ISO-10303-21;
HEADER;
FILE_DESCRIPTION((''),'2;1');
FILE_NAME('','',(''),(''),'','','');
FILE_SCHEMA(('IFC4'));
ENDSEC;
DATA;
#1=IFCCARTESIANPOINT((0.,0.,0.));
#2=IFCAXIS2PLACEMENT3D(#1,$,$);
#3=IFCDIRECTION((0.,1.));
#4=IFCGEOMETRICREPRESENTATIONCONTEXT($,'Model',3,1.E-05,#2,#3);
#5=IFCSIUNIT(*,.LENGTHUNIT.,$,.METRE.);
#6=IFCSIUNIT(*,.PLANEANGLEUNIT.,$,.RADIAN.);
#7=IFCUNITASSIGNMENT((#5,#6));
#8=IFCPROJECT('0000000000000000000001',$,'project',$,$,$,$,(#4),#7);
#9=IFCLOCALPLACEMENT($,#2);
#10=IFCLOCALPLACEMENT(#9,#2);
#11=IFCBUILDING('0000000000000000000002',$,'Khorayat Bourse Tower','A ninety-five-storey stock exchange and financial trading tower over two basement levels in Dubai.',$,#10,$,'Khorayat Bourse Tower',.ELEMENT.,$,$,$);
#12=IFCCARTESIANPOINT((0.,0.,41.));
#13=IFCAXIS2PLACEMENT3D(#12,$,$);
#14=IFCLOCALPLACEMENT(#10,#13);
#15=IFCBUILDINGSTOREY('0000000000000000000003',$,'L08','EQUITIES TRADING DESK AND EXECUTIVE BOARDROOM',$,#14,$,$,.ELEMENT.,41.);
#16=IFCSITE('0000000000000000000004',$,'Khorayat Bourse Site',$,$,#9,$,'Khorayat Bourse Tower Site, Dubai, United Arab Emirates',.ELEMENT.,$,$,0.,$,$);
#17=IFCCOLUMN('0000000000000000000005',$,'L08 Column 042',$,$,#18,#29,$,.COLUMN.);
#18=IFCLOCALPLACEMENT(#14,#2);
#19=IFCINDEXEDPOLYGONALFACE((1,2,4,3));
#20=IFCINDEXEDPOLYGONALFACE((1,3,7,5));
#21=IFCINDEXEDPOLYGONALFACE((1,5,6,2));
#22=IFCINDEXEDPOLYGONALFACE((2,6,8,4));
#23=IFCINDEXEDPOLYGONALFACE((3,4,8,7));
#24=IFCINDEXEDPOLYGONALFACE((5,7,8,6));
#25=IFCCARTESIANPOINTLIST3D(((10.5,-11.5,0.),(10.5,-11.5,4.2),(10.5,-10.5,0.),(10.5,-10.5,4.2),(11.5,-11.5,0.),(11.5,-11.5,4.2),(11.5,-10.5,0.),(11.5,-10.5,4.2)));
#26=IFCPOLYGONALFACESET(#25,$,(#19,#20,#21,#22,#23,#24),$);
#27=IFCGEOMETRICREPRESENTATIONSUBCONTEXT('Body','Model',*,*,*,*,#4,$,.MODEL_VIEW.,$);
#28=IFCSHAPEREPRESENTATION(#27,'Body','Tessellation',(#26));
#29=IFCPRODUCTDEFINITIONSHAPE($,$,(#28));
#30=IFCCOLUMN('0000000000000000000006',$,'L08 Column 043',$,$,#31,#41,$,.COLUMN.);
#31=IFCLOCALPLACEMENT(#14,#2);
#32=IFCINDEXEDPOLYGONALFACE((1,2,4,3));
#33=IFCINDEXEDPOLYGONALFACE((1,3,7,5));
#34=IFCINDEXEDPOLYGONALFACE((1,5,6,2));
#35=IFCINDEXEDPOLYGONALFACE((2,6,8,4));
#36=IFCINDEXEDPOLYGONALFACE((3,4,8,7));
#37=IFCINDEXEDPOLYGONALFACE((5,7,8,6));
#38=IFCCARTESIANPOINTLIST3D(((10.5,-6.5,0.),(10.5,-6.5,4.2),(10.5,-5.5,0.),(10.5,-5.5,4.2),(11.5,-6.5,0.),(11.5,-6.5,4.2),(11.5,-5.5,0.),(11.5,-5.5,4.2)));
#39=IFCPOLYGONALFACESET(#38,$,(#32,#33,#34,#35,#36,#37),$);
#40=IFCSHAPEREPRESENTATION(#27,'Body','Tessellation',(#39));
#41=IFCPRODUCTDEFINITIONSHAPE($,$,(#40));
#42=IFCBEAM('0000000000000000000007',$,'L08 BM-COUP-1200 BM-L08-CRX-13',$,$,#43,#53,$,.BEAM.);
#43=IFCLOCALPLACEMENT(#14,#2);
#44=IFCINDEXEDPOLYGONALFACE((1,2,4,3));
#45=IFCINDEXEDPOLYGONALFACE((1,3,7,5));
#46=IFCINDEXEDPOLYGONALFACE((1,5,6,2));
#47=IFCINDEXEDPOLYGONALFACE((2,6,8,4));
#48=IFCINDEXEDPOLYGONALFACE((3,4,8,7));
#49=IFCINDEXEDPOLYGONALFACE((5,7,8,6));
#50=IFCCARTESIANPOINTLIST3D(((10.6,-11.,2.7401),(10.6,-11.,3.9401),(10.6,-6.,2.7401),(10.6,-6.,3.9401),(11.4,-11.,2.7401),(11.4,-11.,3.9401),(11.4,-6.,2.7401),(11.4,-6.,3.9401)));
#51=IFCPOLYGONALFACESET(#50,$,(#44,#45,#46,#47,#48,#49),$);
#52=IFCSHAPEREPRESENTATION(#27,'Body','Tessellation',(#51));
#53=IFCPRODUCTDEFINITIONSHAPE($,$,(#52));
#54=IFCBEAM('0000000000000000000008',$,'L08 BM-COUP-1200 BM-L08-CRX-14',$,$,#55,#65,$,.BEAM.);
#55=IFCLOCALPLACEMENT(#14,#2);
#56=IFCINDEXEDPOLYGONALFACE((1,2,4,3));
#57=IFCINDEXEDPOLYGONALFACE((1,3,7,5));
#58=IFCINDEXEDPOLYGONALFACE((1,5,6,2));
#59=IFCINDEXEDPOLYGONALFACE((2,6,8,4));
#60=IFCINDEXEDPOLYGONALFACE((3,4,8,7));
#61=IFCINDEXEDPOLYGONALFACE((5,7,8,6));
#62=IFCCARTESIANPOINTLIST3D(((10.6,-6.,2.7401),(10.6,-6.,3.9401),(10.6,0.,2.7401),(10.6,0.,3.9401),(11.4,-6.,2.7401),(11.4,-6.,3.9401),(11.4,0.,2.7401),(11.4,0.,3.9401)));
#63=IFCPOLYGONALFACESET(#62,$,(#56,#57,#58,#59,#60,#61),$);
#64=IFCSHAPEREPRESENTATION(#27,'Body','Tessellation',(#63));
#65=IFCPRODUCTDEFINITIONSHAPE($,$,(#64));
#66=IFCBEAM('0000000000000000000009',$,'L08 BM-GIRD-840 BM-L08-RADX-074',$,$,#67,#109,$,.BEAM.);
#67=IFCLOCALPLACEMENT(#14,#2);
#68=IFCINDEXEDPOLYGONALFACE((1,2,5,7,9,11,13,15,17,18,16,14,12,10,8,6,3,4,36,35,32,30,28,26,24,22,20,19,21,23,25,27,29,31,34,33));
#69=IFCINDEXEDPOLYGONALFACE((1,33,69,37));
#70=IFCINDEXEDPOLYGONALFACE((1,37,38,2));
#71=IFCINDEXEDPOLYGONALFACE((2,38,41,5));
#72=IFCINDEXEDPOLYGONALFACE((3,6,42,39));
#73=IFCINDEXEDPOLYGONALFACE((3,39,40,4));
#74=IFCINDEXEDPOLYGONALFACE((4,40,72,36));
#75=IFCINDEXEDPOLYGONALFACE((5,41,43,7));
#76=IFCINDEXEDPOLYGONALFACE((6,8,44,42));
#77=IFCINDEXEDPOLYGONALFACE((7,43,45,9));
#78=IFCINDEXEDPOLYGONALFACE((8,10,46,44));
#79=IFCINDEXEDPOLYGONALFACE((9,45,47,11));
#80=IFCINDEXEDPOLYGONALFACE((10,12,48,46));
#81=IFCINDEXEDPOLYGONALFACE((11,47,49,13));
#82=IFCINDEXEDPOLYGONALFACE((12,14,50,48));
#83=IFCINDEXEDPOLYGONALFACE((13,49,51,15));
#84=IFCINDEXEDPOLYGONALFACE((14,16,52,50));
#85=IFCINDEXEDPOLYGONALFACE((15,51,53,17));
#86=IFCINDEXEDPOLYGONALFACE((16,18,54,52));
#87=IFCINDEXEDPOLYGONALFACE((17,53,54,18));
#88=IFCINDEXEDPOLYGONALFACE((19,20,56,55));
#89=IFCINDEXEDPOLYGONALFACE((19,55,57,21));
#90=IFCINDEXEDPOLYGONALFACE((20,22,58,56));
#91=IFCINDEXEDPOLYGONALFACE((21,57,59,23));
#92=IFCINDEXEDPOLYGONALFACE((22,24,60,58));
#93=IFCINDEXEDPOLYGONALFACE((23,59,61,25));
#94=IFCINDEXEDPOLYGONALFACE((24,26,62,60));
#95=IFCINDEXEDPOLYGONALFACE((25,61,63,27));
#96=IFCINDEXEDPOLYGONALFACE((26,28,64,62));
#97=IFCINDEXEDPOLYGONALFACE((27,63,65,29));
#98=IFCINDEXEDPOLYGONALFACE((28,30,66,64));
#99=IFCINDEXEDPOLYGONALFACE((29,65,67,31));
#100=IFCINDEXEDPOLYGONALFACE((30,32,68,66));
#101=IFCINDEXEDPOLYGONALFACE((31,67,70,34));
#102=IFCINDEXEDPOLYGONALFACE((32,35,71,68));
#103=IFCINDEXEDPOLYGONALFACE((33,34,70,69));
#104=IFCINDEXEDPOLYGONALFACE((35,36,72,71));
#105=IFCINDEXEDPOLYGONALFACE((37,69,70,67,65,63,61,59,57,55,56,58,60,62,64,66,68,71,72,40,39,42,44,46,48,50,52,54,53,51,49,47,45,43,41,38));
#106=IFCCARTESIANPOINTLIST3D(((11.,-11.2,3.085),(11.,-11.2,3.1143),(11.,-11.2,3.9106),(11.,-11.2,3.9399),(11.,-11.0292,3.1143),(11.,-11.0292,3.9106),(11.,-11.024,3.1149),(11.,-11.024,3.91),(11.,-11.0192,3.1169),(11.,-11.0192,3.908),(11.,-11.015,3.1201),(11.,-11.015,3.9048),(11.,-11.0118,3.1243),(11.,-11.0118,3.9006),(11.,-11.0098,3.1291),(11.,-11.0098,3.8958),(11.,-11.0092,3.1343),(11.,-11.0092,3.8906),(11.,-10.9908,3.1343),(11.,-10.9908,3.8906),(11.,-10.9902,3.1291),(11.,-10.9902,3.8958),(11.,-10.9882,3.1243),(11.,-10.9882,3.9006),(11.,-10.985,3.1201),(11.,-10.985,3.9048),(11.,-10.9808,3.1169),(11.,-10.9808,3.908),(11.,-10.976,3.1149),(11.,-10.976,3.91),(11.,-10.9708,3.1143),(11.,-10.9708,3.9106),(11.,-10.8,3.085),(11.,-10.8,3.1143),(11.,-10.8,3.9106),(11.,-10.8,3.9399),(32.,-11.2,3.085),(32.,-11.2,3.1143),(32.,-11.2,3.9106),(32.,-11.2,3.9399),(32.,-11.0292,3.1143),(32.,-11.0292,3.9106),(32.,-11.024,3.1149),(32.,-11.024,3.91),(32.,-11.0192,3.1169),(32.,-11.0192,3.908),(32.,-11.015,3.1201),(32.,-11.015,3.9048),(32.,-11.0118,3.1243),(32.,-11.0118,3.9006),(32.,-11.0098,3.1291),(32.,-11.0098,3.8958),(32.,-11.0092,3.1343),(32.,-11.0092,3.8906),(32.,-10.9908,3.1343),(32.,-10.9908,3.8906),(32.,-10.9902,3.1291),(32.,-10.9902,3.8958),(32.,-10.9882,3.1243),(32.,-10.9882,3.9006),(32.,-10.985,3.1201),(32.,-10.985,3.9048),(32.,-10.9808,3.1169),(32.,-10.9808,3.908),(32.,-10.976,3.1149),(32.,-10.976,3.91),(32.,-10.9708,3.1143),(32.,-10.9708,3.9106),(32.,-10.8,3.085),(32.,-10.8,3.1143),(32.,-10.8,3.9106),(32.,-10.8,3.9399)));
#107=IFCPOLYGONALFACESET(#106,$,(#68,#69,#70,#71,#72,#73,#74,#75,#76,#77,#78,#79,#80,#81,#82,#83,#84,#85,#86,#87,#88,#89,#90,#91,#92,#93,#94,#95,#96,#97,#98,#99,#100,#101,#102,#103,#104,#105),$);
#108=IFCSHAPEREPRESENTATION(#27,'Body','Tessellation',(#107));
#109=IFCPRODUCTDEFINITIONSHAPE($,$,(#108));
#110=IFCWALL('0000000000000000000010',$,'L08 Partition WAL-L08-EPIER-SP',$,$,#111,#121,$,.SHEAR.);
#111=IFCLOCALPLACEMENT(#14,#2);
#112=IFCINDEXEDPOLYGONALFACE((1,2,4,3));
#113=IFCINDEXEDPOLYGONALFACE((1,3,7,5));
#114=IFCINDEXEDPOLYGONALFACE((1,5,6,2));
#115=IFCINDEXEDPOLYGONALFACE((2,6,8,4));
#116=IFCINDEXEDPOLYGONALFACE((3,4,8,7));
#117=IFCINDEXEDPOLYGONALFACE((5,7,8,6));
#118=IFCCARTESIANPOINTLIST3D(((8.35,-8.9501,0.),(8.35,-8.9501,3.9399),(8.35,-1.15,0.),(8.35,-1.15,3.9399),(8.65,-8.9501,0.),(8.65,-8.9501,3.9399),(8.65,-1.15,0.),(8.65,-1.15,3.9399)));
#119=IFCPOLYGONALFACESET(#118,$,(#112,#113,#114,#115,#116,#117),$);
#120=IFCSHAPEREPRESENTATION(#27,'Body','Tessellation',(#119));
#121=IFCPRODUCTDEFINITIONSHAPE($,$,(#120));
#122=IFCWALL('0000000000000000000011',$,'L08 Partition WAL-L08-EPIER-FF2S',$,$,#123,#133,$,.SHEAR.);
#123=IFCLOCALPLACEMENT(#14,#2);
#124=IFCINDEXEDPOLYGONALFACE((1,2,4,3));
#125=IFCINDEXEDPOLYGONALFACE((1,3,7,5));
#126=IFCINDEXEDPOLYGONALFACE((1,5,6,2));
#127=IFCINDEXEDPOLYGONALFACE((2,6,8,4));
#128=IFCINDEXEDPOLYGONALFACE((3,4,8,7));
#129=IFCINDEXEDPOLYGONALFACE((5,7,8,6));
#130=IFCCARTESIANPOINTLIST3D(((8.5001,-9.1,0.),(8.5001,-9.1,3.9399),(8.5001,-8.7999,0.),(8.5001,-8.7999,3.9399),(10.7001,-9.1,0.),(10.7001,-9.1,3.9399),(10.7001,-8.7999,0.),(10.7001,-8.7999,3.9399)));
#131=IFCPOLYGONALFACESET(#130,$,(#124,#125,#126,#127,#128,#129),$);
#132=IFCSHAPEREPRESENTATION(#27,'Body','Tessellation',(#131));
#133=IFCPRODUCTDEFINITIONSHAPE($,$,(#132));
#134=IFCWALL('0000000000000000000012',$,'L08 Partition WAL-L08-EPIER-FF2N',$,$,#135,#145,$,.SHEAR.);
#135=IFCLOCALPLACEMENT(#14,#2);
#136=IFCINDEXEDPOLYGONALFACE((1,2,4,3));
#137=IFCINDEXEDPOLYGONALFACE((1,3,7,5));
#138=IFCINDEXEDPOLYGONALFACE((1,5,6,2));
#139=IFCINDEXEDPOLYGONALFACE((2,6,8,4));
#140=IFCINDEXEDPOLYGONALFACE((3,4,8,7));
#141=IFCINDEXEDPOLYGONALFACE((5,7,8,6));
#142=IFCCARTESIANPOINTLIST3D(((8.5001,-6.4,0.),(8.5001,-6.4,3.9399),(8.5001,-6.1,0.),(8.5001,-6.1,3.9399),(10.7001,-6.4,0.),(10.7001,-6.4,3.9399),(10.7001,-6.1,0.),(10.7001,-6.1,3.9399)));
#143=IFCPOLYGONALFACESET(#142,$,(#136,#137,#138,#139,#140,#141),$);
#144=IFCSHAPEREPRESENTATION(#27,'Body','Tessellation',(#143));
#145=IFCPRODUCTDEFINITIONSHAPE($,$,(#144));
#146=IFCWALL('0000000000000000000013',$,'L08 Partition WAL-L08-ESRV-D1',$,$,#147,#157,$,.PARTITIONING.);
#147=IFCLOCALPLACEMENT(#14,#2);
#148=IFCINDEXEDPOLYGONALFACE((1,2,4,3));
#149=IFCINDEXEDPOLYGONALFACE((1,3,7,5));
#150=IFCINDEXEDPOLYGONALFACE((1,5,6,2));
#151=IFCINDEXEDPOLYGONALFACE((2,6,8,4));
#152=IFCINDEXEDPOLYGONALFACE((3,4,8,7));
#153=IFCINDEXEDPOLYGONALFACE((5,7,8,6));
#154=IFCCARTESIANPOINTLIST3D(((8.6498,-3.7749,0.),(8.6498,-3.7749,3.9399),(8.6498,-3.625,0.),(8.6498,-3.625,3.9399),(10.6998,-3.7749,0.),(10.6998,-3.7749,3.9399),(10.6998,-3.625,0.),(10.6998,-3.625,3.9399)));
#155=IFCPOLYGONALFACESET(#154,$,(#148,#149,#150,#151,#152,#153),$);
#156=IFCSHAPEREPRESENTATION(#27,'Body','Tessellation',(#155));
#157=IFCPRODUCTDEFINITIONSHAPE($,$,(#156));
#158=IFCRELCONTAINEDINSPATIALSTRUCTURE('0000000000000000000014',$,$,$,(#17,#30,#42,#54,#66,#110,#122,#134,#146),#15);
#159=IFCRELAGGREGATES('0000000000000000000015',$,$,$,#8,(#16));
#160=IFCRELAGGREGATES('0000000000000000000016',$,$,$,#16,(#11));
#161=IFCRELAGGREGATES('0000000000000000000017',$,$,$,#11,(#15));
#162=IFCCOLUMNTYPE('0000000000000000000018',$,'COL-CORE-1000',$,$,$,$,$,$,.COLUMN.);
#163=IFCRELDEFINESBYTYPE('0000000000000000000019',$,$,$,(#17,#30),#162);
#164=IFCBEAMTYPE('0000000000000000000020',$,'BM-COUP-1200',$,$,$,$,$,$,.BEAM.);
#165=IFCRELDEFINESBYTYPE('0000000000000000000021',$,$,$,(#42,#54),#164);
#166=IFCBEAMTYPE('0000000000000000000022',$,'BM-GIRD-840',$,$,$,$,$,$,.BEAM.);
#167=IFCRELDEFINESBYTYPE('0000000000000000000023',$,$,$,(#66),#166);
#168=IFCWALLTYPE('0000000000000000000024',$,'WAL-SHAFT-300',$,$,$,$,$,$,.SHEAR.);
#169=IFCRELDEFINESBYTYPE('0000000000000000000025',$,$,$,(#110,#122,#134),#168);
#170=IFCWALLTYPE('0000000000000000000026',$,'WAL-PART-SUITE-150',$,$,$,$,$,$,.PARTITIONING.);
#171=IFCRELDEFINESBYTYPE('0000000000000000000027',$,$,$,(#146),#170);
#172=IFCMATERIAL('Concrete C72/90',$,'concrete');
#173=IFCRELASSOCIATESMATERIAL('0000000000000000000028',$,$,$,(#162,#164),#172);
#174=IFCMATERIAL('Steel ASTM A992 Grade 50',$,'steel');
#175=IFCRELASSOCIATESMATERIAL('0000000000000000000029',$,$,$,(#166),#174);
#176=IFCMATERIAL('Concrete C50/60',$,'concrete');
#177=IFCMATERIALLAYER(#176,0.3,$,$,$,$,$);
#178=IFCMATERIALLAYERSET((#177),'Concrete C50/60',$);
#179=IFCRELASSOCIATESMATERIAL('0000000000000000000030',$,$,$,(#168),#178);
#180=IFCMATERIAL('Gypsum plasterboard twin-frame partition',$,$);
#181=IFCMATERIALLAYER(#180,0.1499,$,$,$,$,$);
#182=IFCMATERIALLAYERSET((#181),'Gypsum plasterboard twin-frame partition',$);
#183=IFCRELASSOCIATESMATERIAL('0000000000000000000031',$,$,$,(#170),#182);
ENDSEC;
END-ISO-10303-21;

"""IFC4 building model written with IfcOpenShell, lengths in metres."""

from ifc_helpers import new_model, si_unit, direction, frame, frame_2d, origin, origin_2d, place, context, subcontext, project, spatial, rectangle, i_section, extrude, source, transform, mapped, material, layer, layer_set, material_profile, profile_set, type_object, element, save


model = new_model("IFC4")

# Units and contexts
model_context = context("Model", 3, precision=1e-05, world=origin(), true_north=direction((0.0, 1.0)))
body_context = subcontext(model_context, "Body", "Model", "MODEL_VIEW")
ifc_project = project(units=[si_unit("LENGTHUNIT", "METRE"), si_unit("PLANEANGLEUNIT", "RADIAN")], contexts=[model_context])

# Site, building, storey
site_placement = place(None, origin())
site = spatial("IfcSite", under=ifc_project, at=site_placement, Name="Khorayat Bourse Site", LongName="Khorayat Bourse Tower Site, Dubai, United Arab Emirates", CompositionType="ELEMENT", RefElevation=0.0)
building_placement = place(site_placement, origin())
building = spatial("IfcBuilding", under=site, at=building_placement, Name="Khorayat Bourse Tower", Description="A ninety-five-storey stock exchange and financial trading tower over two basement levels in Dubai.", LongName="Khorayat Bourse Tower", CompositionType="ELEMENT")
storey_placement = place(building_placement, frame((0.0, 0.0, 41.0)))
storey = spatial("IfcBuildingStorey", under=building, at=storey_placement, Name="L08", Description="EQUITIES TRADING DESK AND EXECUTIVE BOARDROOM", CompositionType="ELEMENT", Elevation=41.0)

# Columns
ifc_material_1 = material(Name="Concrete C72/90", Category="concrete")
ifc_material_profile_1 = material_profile(ifc_material_1, rectangle(XDim=1.0, YDim=1.0, at=origin_2d()), Name="RC 1000x1000")
ifc_profile_set_1 = profile_set([ifc_material_profile_1], Name="Concrete C72/90")
column_type = type_object("IfcColumnType", Name="COL-CORE-1000", PredefinedType="COLUMN", material=ifc_profile_set_1)
shared_shape_1 = source(origin(), body_context, "Body", "SweptSolid", [
    extrude(rectangle(XDim=1.0, YDim=1.0, at=origin_2d()), origin(), (0.0, 0.0, 1.0), 4.2),
])
for number, where, z_axis, x_axis, name in (
    (1, (11.0, -11.0, 0.0), (0.0, 0.0, 1.0), (1.0, 0.0, 0.0), "L08 Column 042"),
    (2, (11.0, -6.0, 0.0), (0.0, 0.0, 1.0), (1.0, 0.0, 0.0), "L08 Column 043"),
):
    element("IfcColumn", number, at=place(storey_placement, frame(where, z_axis=z_axis, x_axis=x_axis)), inside=storey, type_object=column_type, Name=name, PredefinedType="COLUMN", context=body_context, shape_type="MappedRepresentation", body=[
        mapped(shared_shape_1, transform((0.0, 0.0, 0.0), scale=1.0)),
    ])

# Beams
ifc_material_profile_2 = material_profile(ifc_material_1, rectangle(XDim=0.8, YDim=1.2, at=origin_2d()), Name="RC 800x1200")
ifc_profile_set_2 = profile_set([ifc_material_profile_2], Name="Concrete C72/90")
beam_type_1 = type_object("IfcBeamType", Name="BM-COUP-1200", PredefinedType="BEAM", material=ifc_profile_set_2)
shared_shape_2 = source(origin(), body_context, "Body", "SweptSolid", [
    extrude(rectangle(XDim=0.8, YDim=1.2, at=origin_2d()), origin(), (0.0, 0.0, 1.0), 5.0),
])
beam_1_placement = place(storey_placement, frame((11.0, -11.0, 3.3401), z_axis=(0.0, 1.0, 0.0), x_axis=(-1.0, 0.0, 0.0)))
element("IfcBeam", 3, at=beam_1_placement, inside=storey, type_object=beam_type_1, Name="L08 BM-COUP-1200 BM-L08-CRX-13", PredefinedType="BEAM", context=body_context, shape_type="MappedRepresentation", body=[
    mapped(shared_shape_2, transform((0.0, 0.0, 0.0), scale=1.0)),
])
shared_shape_3 = source(origin(), body_context, "Body", "SweptSolid", [
    extrude(rectangle(XDim=0.8, YDim=1.2, at=origin_2d()), origin(), (0.0, 0.0, 1.0), 6.0),
])
beam_2_placement = place(storey_placement, frame((11.0, -6.0, 3.3401), z_axis=(0.0, 1.0, 0.0), x_axis=(-1.0, 0.0, 0.0)))
element("IfcBeam", 4, at=beam_2_placement, inside=storey, type_object=beam_type_1, Name="L08 BM-COUP-1200 BM-L08-CRX-14", PredefinedType="BEAM", context=body_context, shape_type="MappedRepresentation", body=[
    mapped(shared_shape_3, transform((0.0, 0.0, 0.0), scale=1.0)),
])
ifc_material_2 = material(Name="Steel ASTM A992 Grade 50", Category="steel")
ifc_material_profile_3 = material_profile(ifc_material_2, i_section(OverallWidth=0.3999, OverallDepth=0.855, WebThickness=0.0183, FlangeThickness=0.0293, FilletRadius=0.02, at=origin_2d()), Name="W840X299")
ifc_profile_set_3 = profile_set([ifc_material_profile_3], Name="Steel ASTM A992 Grade 50")
beam_type_2 = type_object("IfcBeamType", Name="BM-GIRD-840", PredefinedType="BEAM", material=ifc_profile_set_3)
shared_shape_4 = source(origin(), body_context, "Body", "SweptSolid", [
    extrude(i_section(OverallWidth=0.3999, OverallDepth=0.855, WebThickness=0.0183, FlangeThickness=0.0293, FilletRadius=0.02, at=origin_2d()), origin(), (0.0, 0.0, 1.0), 21.0),
])
beam_3_placement = place(storey_placement, frame((11.0, -11.0, 3.5125), z_axis=(1.0, 0.0, 0.0), x_axis=(0.0, 1.0, 0.0)))
element("IfcBeam", 5, at=beam_3_placement, inside=storey, type_object=beam_type_2, Name="L08 BM-GIRD-840 BM-L08-RADX-074", PredefinedType="BEAM", context=body_context, shape_type="MappedRepresentation", body=[
    mapped(shared_shape_4, transform((0.0, 0.0, 0.0), scale=1.0)),
])

# Walls
ifc_material_3 = material(Name="Concrete C50/60", Category="concrete")
ifc_layer_1 = layer(ifc_material_3, 0.3)
ifc_layer_set_1 = layer_set([ifc_layer_1], Name="Concrete C50/60")
wall_type_1 = type_object("IfcWallType", Name="WAL-SHAFT-300", PredefinedType="SHEAR", material=ifc_layer_set_1)
shared_shape_5 = source(origin(), body_context, "Body", "SweptSolid", [
    extrude(rectangle(XDim=7.8, YDim=0.3, at=frame_2d((3.8999, 0.0))), origin(), (0.0, 0.0, 1.0), 3.9399),
])
wall_1_placement = place(storey_placement, frame((8.5, -8.95, 0.0), z_axis=(0.0, 0.0, 1.0), x_axis=(0.0, 1.0, 0.0)))
element("IfcWall", 6, at=wall_1_placement, inside=storey, type_object=wall_type_1, Name="L08 Partition WAL-L08-EPIER-SP", PredefinedType="SHEAR", context=body_context, shape_type="MappedRepresentation", body=[
    mapped(shared_shape_5, transform((0.0, 0.0, 0.0), scale=1.0)),
])
shared_shape_6 = source(origin(), body_context, "Body", "SweptSolid", [
    extrude(rectangle(XDim=2.2, YDim=0.3, at=frame_2d((1.1001, 0.0))), origin(), (0.0, 0.0, 1.0), 3.9399),
])
for number, where, z_axis, x_axis, name in (
    (7, (8.5, -8.95, 0.0), (0.0, 0.0, 1.0), (1.0, 0.0, 0.0), "L08 Partition WAL-L08-EPIER-FF2S"),
    (8, (8.5, -6.25, 0.0), (0.0, 0.0, 1.0), (1.0, 0.0, 0.0), "L08 Partition WAL-L08-EPIER-FF2N"),
):
    element("IfcWall", number, at=place(storey_placement, frame(where, z_axis=z_axis, x_axis=x_axis)), inside=storey, type_object=wall_type_1, Name=name, PredefinedType="SHEAR", context=body_context, shape_type="MappedRepresentation", body=[
        mapped(shared_shape_6, transform((0.0, 0.0, 0.0), scale=1.0)),
    ])
ifc_material_4 = material(Name="Gypsum plasterboard twin-frame partition")
ifc_layer_2 = layer(ifc_material_4, 0.1499)
ifc_layer_set_2 = layer_set([ifc_layer_2], Name="Gypsum plasterboard twin-frame partition")
wall_type_2 = type_object("IfcWallType", Name="WAL-PART-SUITE-150", PredefinedType="PARTITIONING", material=ifc_layer_set_2)
shared_shape_7 = source(origin(), body_context, "Body", "SweptSolid", [
    extrude(rectangle(XDim=2.05, YDim=0.1499, at=frame_2d((1.0249, 0.0))), origin(), (0.0, 0.0, 1.0), 3.9399),
])
wall_2_placement = place(storey_placement, frame((8.6499, -3.7, 0.0), z_axis=(0.0, 0.0, 1.0), x_axis=(1.0, 0.0, 0.0)))
element("IfcWall", 9, at=wall_2_placement, inside=storey, type_object=wall_type_2, Name="L08 Partition WAL-L08-ESRV-D1", PredefinedType="PARTITIONING", context=body_context, shape_type="MappedRepresentation", body=[
    mapped(shared_shape_7, transform((0.0, 0.0, 0.0), scale=1.0)),
])

save(model, "model.ifc")
